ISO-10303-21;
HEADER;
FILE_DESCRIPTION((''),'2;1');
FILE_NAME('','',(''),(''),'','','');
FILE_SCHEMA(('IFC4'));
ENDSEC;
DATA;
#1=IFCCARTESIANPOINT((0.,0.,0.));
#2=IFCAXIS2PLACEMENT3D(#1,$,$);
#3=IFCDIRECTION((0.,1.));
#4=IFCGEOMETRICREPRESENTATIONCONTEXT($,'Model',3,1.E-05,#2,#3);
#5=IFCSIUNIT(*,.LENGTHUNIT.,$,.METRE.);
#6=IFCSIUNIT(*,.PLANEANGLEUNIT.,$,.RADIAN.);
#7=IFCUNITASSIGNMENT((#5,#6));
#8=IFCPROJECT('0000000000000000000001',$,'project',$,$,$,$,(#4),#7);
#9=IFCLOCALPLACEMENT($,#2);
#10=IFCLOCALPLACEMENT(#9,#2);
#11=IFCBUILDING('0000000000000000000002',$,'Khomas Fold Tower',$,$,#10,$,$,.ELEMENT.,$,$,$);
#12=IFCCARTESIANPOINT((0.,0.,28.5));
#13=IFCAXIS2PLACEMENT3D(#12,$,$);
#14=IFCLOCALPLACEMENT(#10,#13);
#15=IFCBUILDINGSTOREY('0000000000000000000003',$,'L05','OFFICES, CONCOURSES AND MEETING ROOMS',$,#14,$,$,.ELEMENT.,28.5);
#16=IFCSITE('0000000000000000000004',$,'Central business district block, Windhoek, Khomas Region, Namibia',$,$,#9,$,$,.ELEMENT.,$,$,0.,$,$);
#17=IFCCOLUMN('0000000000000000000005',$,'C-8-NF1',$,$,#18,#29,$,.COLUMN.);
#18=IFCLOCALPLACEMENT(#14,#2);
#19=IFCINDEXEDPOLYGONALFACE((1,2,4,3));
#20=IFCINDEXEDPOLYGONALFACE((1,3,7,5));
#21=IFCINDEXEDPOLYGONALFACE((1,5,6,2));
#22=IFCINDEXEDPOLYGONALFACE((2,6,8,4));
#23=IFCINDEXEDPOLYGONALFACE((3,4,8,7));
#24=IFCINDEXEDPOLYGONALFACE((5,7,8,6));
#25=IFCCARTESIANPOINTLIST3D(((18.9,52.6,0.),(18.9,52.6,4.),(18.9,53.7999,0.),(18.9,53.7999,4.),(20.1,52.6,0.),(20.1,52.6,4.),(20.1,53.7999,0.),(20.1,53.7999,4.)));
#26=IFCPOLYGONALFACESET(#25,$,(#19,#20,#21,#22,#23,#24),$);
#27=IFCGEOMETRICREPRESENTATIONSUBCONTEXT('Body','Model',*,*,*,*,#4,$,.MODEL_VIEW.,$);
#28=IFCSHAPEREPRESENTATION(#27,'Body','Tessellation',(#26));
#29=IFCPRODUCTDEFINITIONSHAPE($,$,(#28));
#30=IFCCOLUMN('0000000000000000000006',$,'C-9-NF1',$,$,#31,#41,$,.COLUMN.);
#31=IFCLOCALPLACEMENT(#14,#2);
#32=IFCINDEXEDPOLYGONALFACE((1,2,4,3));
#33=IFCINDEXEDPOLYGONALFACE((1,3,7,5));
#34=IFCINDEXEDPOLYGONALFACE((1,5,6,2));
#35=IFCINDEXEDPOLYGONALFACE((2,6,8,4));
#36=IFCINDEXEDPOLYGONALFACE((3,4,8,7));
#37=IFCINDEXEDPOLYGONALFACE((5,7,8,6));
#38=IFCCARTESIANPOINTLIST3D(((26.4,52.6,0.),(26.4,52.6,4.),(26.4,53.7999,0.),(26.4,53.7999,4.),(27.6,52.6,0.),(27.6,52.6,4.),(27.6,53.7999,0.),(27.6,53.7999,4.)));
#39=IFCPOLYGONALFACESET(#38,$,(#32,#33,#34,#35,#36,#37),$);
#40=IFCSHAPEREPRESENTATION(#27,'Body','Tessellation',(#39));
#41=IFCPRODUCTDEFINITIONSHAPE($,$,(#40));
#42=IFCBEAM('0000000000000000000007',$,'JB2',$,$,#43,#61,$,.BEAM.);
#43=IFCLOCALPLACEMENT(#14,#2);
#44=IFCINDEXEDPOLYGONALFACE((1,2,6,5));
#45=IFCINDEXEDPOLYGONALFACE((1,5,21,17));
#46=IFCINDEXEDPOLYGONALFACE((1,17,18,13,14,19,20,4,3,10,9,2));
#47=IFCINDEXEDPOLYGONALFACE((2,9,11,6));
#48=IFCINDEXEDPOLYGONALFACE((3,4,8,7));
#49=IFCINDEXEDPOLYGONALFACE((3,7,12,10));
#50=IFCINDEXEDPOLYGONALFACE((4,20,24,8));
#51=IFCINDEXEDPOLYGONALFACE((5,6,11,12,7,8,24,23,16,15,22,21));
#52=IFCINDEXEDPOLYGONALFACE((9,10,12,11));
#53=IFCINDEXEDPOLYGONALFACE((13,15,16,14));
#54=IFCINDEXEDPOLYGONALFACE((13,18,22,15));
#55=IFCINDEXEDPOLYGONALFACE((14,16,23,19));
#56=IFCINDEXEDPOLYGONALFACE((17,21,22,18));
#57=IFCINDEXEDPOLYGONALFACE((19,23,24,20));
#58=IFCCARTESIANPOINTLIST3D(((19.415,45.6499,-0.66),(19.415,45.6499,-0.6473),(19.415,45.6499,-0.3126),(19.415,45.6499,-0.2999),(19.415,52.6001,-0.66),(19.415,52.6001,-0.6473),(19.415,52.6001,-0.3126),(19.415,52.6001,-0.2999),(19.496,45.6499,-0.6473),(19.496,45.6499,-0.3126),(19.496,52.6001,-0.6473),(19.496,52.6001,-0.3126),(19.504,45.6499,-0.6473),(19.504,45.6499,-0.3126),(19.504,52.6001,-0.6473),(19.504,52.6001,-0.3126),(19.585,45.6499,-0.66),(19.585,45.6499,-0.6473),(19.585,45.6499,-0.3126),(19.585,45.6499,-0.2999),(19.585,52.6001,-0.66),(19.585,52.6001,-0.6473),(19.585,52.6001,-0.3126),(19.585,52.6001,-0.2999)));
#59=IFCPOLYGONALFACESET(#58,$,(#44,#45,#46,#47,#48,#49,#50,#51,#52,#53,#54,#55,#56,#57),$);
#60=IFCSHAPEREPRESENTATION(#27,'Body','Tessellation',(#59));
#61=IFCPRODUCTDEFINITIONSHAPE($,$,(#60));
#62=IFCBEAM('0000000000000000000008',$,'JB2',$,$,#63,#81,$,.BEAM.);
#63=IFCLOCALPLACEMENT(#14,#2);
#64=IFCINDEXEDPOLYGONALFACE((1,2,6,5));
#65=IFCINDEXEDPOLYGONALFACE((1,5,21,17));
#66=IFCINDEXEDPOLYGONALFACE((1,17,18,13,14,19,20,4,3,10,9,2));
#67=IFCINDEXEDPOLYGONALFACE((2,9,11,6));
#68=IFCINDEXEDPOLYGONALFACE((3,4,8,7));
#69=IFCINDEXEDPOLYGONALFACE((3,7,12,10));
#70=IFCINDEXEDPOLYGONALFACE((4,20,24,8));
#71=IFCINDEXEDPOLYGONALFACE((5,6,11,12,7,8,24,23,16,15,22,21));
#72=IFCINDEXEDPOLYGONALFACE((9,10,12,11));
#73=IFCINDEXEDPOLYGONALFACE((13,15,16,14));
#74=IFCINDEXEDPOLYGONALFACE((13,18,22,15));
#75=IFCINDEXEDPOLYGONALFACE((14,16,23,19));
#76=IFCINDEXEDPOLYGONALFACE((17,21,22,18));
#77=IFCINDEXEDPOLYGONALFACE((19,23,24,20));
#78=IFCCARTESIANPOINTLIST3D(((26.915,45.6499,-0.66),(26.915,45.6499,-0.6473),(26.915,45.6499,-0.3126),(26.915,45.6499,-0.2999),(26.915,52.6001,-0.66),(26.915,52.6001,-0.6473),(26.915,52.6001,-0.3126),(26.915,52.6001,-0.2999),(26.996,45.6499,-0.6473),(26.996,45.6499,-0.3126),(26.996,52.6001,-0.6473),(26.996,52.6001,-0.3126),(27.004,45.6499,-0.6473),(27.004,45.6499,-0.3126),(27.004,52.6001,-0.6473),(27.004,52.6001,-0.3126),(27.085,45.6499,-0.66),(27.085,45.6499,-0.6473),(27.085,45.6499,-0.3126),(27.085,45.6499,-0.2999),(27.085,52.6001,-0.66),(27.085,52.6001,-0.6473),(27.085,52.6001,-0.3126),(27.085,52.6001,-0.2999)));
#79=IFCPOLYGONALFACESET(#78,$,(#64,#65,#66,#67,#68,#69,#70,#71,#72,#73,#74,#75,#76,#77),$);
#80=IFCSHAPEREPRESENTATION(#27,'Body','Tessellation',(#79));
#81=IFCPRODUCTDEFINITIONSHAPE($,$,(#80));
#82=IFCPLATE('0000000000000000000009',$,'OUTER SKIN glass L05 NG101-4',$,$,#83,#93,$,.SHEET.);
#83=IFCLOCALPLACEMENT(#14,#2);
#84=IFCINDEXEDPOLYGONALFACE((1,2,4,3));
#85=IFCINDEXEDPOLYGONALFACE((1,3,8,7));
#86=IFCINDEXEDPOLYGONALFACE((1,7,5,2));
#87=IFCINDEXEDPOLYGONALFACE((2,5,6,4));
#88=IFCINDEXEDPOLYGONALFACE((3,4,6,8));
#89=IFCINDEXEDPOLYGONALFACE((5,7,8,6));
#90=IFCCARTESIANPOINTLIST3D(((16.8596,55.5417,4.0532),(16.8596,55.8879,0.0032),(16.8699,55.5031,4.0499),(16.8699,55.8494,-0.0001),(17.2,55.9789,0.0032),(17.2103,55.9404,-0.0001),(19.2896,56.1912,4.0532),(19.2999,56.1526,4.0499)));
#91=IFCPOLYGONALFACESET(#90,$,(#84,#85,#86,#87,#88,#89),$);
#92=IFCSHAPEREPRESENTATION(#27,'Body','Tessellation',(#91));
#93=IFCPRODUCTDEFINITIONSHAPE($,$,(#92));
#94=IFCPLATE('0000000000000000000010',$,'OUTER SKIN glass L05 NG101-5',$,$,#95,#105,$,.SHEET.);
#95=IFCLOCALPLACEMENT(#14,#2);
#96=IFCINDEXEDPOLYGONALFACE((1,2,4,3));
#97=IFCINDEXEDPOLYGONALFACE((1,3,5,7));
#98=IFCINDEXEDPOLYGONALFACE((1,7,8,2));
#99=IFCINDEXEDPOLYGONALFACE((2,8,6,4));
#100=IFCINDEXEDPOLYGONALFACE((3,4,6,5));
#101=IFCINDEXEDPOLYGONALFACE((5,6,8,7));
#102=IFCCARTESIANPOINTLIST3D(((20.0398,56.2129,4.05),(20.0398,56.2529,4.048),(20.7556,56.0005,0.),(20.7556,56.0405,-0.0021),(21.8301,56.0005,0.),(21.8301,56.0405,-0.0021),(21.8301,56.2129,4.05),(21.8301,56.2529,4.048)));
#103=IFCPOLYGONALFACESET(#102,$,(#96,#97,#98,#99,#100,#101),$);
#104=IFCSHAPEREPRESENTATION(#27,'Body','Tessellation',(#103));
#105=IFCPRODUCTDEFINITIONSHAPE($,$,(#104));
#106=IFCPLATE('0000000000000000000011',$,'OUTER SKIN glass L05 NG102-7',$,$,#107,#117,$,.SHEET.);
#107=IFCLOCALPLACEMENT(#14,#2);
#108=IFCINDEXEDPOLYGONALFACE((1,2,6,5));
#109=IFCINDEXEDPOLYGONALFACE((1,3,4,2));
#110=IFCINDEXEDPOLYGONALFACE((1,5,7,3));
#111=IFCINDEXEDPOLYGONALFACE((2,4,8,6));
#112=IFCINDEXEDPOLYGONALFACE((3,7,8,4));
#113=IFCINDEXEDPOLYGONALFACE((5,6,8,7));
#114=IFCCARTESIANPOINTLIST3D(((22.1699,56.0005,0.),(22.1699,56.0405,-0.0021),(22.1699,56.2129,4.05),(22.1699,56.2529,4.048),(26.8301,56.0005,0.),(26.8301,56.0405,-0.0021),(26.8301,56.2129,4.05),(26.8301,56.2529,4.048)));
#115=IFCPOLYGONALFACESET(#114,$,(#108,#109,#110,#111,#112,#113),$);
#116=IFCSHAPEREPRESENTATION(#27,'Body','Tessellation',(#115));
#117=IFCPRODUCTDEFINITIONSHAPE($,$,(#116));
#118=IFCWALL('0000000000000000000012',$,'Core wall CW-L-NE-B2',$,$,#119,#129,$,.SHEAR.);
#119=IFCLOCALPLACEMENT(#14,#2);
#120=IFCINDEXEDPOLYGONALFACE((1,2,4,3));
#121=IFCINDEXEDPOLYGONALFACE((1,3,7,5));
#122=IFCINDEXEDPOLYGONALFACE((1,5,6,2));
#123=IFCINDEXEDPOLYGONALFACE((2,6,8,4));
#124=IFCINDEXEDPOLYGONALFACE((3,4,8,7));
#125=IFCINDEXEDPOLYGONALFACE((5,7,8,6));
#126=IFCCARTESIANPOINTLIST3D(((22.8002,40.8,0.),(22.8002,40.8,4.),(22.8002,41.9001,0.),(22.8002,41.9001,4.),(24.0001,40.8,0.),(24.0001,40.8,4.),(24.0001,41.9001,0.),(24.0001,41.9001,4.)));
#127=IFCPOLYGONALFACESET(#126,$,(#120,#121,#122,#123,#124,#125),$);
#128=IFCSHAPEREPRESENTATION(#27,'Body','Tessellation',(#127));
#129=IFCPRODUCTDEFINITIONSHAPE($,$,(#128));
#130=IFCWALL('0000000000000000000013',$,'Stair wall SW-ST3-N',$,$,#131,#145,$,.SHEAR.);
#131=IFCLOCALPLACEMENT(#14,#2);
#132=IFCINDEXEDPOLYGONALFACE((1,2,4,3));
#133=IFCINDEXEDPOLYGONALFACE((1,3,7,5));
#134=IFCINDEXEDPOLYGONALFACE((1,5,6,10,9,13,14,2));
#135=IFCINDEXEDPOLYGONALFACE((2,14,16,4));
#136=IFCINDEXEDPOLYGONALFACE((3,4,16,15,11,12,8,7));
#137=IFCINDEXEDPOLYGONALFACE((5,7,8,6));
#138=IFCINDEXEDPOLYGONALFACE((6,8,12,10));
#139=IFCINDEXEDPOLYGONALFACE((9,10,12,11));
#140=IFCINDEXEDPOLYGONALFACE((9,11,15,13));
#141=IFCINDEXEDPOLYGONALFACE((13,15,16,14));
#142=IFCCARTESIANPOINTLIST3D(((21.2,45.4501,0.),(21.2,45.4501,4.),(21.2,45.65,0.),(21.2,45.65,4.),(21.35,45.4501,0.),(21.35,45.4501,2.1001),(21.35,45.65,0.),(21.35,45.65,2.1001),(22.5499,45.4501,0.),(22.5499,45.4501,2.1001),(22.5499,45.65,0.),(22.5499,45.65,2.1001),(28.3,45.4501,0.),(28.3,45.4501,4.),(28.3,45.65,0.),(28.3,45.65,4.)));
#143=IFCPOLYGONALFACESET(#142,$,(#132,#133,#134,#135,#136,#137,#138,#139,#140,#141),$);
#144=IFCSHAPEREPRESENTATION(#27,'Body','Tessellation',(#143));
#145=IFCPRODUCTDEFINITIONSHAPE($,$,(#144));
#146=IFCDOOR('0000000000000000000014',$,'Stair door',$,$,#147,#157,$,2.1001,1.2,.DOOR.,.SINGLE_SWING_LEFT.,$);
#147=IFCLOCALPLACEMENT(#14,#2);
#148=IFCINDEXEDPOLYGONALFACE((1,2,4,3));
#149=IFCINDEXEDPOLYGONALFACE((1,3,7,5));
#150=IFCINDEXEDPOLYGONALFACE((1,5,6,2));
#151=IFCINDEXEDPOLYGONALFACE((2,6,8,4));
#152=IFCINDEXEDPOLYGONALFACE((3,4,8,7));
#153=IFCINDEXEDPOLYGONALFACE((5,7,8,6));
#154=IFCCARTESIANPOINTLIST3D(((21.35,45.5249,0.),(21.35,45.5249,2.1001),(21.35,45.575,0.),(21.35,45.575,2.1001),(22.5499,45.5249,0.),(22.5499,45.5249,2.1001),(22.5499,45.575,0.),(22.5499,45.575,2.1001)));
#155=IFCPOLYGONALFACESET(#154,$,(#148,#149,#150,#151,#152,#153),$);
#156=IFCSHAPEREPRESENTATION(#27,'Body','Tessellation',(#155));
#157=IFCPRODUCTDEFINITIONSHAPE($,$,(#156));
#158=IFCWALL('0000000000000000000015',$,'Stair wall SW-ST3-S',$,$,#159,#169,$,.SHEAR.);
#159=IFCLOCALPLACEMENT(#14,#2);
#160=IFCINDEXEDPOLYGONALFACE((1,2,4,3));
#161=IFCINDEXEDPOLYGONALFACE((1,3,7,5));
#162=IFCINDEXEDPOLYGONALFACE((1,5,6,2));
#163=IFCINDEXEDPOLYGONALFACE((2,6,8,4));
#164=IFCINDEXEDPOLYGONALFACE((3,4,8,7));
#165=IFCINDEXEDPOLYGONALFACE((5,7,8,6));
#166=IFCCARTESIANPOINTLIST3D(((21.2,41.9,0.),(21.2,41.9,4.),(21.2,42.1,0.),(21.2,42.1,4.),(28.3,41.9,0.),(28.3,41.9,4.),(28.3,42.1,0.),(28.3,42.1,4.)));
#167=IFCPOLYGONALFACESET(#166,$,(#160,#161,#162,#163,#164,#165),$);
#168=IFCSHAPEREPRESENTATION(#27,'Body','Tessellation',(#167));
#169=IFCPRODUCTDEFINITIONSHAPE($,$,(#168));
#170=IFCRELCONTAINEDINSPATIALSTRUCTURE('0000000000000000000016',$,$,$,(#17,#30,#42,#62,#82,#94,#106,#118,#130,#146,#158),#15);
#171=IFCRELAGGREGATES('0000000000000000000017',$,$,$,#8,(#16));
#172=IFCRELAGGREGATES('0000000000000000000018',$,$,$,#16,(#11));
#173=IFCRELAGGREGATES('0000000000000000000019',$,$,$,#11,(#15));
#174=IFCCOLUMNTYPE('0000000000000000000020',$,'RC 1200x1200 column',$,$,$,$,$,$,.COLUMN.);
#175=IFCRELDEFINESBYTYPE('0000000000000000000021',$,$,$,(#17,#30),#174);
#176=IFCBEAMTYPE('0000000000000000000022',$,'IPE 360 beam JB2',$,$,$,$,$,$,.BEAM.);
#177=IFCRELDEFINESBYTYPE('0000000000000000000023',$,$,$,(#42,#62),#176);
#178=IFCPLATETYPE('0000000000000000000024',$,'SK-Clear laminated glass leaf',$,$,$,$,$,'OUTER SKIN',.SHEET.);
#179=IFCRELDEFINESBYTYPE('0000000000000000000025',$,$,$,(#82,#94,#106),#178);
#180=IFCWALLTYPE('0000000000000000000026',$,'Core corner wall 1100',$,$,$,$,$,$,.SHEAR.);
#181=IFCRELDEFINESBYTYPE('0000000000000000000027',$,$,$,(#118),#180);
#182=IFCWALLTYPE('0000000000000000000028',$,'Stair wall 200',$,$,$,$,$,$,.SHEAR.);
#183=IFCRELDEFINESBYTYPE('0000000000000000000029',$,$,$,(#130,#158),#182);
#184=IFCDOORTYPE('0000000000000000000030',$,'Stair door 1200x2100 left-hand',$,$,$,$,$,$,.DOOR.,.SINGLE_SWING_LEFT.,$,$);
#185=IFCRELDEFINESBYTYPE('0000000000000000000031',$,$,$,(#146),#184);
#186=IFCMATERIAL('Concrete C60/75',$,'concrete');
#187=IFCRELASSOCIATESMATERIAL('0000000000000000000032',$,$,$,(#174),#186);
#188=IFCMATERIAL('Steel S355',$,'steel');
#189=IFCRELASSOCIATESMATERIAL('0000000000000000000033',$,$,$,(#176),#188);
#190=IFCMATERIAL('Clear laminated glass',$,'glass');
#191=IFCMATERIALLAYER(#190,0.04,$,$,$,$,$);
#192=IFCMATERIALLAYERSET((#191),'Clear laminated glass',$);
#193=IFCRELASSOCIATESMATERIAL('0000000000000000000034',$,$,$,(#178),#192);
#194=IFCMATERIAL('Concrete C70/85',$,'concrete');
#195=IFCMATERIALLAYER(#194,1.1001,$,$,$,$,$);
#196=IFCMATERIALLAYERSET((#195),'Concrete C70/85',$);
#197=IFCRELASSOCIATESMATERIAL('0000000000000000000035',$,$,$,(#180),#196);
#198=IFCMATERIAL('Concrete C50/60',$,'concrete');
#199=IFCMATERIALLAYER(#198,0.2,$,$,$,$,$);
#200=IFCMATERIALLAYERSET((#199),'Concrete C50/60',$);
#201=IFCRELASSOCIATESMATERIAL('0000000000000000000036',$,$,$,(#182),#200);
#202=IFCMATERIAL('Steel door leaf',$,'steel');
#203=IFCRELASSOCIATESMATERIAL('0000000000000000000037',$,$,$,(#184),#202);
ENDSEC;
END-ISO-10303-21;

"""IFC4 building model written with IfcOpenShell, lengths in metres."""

from ifc_helpers import new_model, si_unit, direction, frame, frame_2d, origin, origin_2d, place, context, subcontext, project, spatial, polyline, rectangle, i_section, outline, extrude, source, transform, mapped, material, layer, layer_set, material_profile, profile_set, type_object, element, fill, save


model = new_model("IFC4")

# Units and contexts
model_context = context("Model", 3, precision=1e-05, world=origin(), true_north=direction((0.0, 1.0)))
body_context = subcontext(model_context, "Body", "Model", "MODEL_VIEW")
ifc_project = project(units=[si_unit("LENGTHUNIT", "METRE"), si_unit("PLANEANGLEUNIT", "RADIAN")], contexts=[model_context])

# Site, building, storey
site_placement = place(None, origin())
site = spatial("IfcSite", under=ifc_project, at=site_placement, Name="Central business district block, Windhoek, Khomas Region, Namibia", CompositionType="ELEMENT", RefElevation=0.0)
building_placement = place(site_placement, origin())
building = spatial("IfcBuilding", under=site, at=building_placement, Name="Khomas Fold Tower", CompositionType="ELEMENT")
storey_placement = place(building_placement, frame((0.0, 0.0, 28.5)))
storey = spatial("IfcBuildingStorey", under=building, at=storey_placement, Name="L05", Description="OFFICES, CONCOURSES AND MEETING ROOMS", CompositionType="ELEMENT", Elevation=28.5)

# Columns
ifc_material_1 = material(Name="Concrete C60/75", Category="concrete")
ifc_material_profile_1 = material_profile(ifc_material_1, rectangle(XDim=1.2, YDim=1.2, at=origin_2d()), Name="RC 1200x1200")
ifc_profile_set_1 = profile_set([ifc_material_profile_1], Name="Concrete C60/75")
column_type = type_object("IfcColumnType", Name="RC 1200x1200 column", PredefinedType="COLUMN", material=ifc_profile_set_1)
shared_shape_1 = source(origin(), body_context, "Body", "SweptSolid", [
    extrude(rectangle(XDim=1.2, YDim=1.2, at=origin_2d()), origin(), (0.0, 0.0, 1.0), 4.0),
])
for number, where, z_axis, x_axis, name in (
    (1, (19.5, 53.2, 0.0), (0.0, 0.0, 1.0), (1.0, 0.0, 0.0), "C-8-NF1"),
    (2, (27.0, 53.2, 0.0), (0.0, 0.0, 1.0), (1.0, 0.0, 0.0), "C-9-NF1"),
):
    element("IfcColumn", number, at=place(storey_placement, frame(where, z_axis=z_axis, x_axis=x_axis)), inside=storey, type_object=column_type, Name=name, PredefinedType="COLUMN", context=body_context, shape_type="MappedRepresentation", body=[
        mapped(shared_shape_1, transform((0.0, 0.0, 0.0))),
    ])

# Beams
ifc_material_2 = material(Name="Steel S355", Category="steel")
ifc_material_profile_2 = material_profile(ifc_material_2, i_section(OverallWidth=0.1699, OverallDepth=0.3601, WebThickness=0.0081, FlangeThickness=0.0127, at=origin_2d()), Name="IPE 360")
ifc_profile_set_2 = profile_set([ifc_material_profile_2], Name="Steel S355")
beam_type = type_object("IfcBeamType", Name="IPE 360 beam JB2", PredefinedType="BEAM", material=ifc_profile_set_2)
shared_shape_2 = source(origin(), body_context, "Body", "SweptSolid", [
    extrude(i_section(OverallWidth=0.1699, OverallDepth=0.3601, WebThickness=0.0081, FlangeThickness=0.0127, at=origin_2d()), origin(), (0.0, 0.0, 1.0), 6.9502),
])
for number, where, z_axis, x_axis, name in (
    (3, (19.5, 45.6499, -0.48), (0.0, 1.0, 0.0), (-1.0, 0.0, 0.0), "JB2"),
    (4, (27.0, 45.6499, -0.48), (0.0, 1.0, 0.0), (-1.0, 0.0, 0.0), "JB2"),
):
    element("IfcBeam", number, at=place(storey_placement, frame(where, z_axis=z_axis, x_axis=x_axis)), inside=storey, type_object=beam_type, Name=name, PredefinedType="BEAM", context=body_context, shape_type="MappedRepresentation", body=[
        mapped(shared_shape_2, transform((0.0, 0.0, 0.0))),
    ])

# Plates
ifc_material_3 = material(Name="Clear laminated glass", Category="glass")
ifc_layer_1 = layer(ifc_material_3, 0.04)
ifc_layer_set_1 = layer_set([ifc_layer_1], Name="Clear laminated glass")
plate_type = type_object("IfcPlateType", Name="SK-Clear laminated glass leaf", ElementType="OUTER SKIN", PredefinedType="SHEET", material=ifc_layer_set_1)
plate_1_placement = place(storey_placement, frame((19.2896, 56.1912, 4.0532), z_axis=(-0.257353, 0.962805, 0.082322), x_axis=(-0.458012, -0.046522, -0.887728)))
element("IfcPlate", 5, at=plate_1_placement, inside=storey, type_object=plate_type, Name="OUTER SKIN glass L05 NG101-4", PredefinedType="SHEET", context=body_context, shape_type="SweptSolid", body=[
    extrude(outline(polyline([(0.0, 0.0), (4.5623, 0.0), (4.7224, 0.3138), (1.1432, 2.2404), (0.0, 0.0)])), origin(), (0.0, 0.0, -1.0), 0.04),
])
plate_2_placement = place(storey_placement, frame((20.0398, 56.2129, 4.05), z_axis=(0.0, -0.998628, 0.052372), x_axis=(1.0, 0.0, 0.0)))
element("IfcPlate", 6, at=plate_2_placement, inside=storey, type_object=plate_type, Name="OUTER SKIN glass L05 NG101-5", PredefinedType="SHEET", context=body_context, shape_type="SweptSolid", body=[
    extrude(outline(polyline([(0.0, 0.0), (1.7903, 0.0), (1.7903, -4.0556), (0.7158, -4.0556), (0.0, 0.0)])), origin(), (0.0, 0.0, -1.0), 0.04),
])
plate_3_placement = place(storey_placement, frame((26.8301, 56.2129, 4.05), z_axis=(0.0, -0.998628, 0.052372), x_axis=(0.0, -0.052372, -0.998628)))
element("IfcPlate", 7, at=plate_3_placement, inside=storey, type_object=plate_type, Name="OUTER SKIN glass L05 NG102-7", PredefinedType="SHEET", context=body_context, shape_type="SweptSolid", body=[
    extrude(outline(polyline([(0.0, 0.0), (4.0556, 0.0), (4.0556, -4.6602), (0.0, -4.6602), (0.0, 0.0)])), origin(), (0.0, 0.0, -1.0), 0.04),
])

# Wall
ifc_material_4 = material(Name="Concrete C70/85", Category="concrete")
ifc_layer_2 = layer(ifc_material_4, 1.1001)
ifc_layer_set_2 = layer_set([ifc_layer_2], Name="Concrete C70/85")
wall_type_1 = type_object("IfcWallType", Name="Core corner wall 1100", PredefinedType="SHEAR", material=ifc_layer_set_2)
shared_shape_3 = source(origin(), body_context, "Body", "SweptSolid", [
    extrude(rectangle(XDim=1.2, YDim=1.1001, at=frame_2d((0.6001, 0.0))), origin(), (0.0, 0.0, 1.0), 4.0),
])
wall_1_placement = place(storey_placement, frame((22.8, 41.3501, 0.0), z_axis=(0.0, 0.0, 1.0), x_axis=(1.0, 0.0, 0.0)))
element("IfcWall", 8, at=wall_1_placement, inside=storey, type_object=wall_type_1, Name="Core wall CW-L-NE-B2", PredefinedType="SHEAR", context=body_context, shape_type="MappedRepresentation", body=[
    mapped(shared_shape_3, transform((0.0, 0.0, 0.0))),
])

# Wall, opening, door
ifc_material_5 = material(Name="Concrete C50/60", Category="concrete")
ifc_layer_3 = layer(ifc_material_5, 0.2)
ifc_layer_set_3 = layer_set([ifc_layer_3], Name="Concrete C50/60")
wall_type_2 = type_object("IfcWallType", Name="Stair wall 200", PredefinedType="SHEAR", material=ifc_layer_set_3)
shared_shape_4 = source(origin(), body_context, "Body", "SweptSolid", [
    extrude(rectangle(XDim=7.1001, YDim=0.2, at=frame_2d((3.55, 0.0))), origin(), (0.0, 0.0, 1.0), 4.0),
])
wall_2_placement = place(storey_placement, frame((21.2, 45.55, 0.0), z_axis=(0.0, 0.0, 1.0), x_axis=(1.0, 0.0, 0.0)))
wall_2 = element("IfcWall", 9, at=wall_2_placement, inside=storey, type_object=wall_type_2, Name="Stair wall SW-ST3-N", PredefinedType="SHEAR", context=body_context, shape_type="MappedRepresentation", body=[
    mapped(shared_shape_4, transform((0.0, 0.0, 0.0))),
])
shared_shape_5 = source(origin(), body_context, "Body", "SweptSolid", [
    extrude(rectangle(XDim=1.2, YDim=2.1001, at=frame_2d((0.6001, 1.05))), frame((0.0, 0.1099, 0.0), z_axis=(0.0, -1.0, 0.0), x_axis=(1.0, 0.0, 0.0)), (0.0, 0.0, 1.0), 0.22),
])
opening_placement = place(wall_2_placement, frame((0.1499, 0.0, 0.0)))
opening = element("IfcOpeningElement", 10, at=opening_placement, cuts=wall_2, PredefinedType="OPENING", context=body_context, shape_type="MappedRepresentation", body=[
    mapped(shared_shape_5, transform((0.0, 0.0, 0.0))),
])
ifc_material_6 = material(Name="Steel door leaf", Category="steel")
door_type = type_object("IfcDoorType", Name="Stair door 1200x2100 left-hand", OperationType="SINGLE_SWING_LEFT", PredefinedType="DOOR", material=ifc_material_6)
shared_shape_6 = source(origin(), body_context, "Body", "SweptSolid", [
    extrude(rectangle(XDim=1.2, YDim=2.1001, at=frame_2d((0.6001, 1.05))), frame((0.0, 0.0249, 0.0), z_axis=(0.0, -1.0, 0.0), x_axis=(1.0, 0.0, 0.0)), (0.0, 0.0, 1.0), 0.05),
])
door_placement = place(opening_placement, origin())
door = element("IfcDoor", 11, at=door_placement, inside=storey, type_object=door_type, Name="Stair door", OperationType="SINGLE_SWING_LEFT", OverallHeight=2.1001, OverallWidth=1.2, PredefinedType="DOOR", context=body_context, shape_type="MappedRepresentation", body=[
    mapped(shared_shape_6, transform((0.0, 0.0, 0.0))),
])
fill(opening, door)

# Wall
wall_3_placement = place(storey_placement, frame((21.2, 42.0, 0.0), z_axis=(0.0, 0.0, 1.0), x_axis=(1.0, 0.0, 0.0)))
element("IfcWall", 12, at=wall_3_placement, inside=storey, type_object=wall_type_2, Name="Stair wall SW-ST3-S", PredefinedType="SHEAR", context=body_context, shape_type="MappedRepresentation", body=[
    mapped(shared_shape_4, transform((0.0, 0.0, 0.0))),
])

save(model, "model.ifc")
